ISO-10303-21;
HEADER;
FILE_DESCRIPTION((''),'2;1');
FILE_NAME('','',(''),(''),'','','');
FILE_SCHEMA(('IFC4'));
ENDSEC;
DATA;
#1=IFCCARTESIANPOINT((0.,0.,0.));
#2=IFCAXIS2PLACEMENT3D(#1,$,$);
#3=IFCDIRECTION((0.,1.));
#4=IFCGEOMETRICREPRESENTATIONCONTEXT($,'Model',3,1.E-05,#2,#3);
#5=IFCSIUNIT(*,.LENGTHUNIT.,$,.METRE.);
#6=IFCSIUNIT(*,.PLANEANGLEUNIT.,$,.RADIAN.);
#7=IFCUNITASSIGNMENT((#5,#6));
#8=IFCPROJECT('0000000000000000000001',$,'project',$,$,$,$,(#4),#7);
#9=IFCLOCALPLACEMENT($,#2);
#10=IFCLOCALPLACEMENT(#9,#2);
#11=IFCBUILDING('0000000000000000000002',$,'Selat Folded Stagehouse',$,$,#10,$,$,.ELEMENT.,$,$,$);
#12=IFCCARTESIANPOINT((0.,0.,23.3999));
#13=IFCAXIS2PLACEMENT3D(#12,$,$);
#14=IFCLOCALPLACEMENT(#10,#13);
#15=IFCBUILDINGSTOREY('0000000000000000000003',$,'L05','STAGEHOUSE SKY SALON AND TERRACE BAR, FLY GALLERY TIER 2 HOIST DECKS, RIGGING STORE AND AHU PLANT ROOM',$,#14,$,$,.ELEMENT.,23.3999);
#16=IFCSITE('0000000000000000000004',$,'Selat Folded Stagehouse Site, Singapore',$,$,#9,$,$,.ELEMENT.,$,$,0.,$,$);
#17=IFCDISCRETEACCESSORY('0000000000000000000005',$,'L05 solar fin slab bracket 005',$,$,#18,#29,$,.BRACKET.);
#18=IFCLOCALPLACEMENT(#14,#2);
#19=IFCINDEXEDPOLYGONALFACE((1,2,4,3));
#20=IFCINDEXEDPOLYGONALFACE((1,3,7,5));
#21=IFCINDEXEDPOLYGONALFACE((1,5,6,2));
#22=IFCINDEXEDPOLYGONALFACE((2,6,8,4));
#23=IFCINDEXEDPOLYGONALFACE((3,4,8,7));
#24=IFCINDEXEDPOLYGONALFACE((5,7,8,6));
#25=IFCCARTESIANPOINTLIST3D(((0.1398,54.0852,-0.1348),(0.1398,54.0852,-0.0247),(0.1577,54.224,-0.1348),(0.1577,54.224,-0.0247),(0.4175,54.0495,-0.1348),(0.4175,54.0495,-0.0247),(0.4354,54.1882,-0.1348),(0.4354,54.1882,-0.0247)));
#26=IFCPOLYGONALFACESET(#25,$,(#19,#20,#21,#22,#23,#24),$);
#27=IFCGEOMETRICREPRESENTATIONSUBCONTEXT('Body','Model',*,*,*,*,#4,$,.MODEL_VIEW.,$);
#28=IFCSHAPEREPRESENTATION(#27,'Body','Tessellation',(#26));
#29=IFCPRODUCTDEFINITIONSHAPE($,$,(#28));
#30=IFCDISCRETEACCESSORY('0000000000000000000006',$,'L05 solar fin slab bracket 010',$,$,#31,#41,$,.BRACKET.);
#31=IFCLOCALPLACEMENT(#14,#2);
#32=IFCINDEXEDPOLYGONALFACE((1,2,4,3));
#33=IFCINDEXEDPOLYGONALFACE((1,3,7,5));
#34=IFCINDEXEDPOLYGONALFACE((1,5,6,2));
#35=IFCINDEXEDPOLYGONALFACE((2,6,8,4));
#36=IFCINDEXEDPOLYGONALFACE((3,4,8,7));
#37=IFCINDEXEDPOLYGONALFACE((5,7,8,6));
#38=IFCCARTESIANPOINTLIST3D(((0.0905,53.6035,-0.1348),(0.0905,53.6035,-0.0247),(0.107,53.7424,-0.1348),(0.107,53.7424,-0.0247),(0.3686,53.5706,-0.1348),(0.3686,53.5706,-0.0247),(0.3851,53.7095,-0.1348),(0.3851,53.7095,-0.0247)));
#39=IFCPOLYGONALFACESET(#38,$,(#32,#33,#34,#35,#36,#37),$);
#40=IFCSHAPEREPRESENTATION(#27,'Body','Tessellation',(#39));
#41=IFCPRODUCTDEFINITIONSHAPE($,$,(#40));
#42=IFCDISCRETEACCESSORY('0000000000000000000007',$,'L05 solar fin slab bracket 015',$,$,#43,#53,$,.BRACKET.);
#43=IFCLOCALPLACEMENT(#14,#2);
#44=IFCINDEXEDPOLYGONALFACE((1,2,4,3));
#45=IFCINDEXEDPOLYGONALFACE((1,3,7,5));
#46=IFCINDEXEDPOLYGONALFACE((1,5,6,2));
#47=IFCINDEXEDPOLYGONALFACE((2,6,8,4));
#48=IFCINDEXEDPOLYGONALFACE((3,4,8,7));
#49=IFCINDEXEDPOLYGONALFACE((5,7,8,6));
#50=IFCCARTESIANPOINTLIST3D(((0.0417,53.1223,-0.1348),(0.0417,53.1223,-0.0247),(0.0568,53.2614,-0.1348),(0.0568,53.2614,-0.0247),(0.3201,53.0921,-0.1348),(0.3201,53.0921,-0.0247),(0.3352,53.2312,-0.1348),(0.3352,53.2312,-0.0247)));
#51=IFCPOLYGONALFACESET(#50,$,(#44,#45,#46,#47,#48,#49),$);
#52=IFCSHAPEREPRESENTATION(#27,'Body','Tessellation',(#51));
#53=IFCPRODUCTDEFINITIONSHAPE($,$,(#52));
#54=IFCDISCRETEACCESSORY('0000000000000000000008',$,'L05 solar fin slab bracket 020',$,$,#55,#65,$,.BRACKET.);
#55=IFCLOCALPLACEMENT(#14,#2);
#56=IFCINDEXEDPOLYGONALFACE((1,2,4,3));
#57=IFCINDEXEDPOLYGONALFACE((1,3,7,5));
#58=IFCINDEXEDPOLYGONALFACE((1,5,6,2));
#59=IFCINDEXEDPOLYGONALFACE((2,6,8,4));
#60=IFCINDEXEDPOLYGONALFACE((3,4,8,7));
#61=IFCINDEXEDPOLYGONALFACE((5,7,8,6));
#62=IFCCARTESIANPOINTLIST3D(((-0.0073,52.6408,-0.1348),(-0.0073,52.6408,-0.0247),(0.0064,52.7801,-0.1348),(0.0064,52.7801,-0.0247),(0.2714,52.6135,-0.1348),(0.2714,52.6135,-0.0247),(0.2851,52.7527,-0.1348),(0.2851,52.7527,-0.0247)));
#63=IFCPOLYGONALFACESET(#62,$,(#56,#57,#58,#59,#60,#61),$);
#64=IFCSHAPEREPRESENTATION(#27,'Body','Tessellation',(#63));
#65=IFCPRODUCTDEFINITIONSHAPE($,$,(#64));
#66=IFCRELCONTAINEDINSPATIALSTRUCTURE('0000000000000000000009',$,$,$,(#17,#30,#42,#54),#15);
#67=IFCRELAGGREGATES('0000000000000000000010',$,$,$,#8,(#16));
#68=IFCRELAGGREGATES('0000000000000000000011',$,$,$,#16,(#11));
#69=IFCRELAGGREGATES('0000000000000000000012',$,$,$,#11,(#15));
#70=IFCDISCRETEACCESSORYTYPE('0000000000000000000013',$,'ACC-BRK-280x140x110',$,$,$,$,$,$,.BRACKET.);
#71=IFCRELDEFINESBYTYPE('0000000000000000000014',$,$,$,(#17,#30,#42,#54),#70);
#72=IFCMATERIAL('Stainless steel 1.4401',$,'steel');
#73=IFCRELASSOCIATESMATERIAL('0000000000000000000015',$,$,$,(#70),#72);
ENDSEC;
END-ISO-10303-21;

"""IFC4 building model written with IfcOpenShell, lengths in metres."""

from ifc_helpers import new_model, si_unit, direction, frame, origin, origin_2d, place, context, subcontext, project, spatial, rectangle, extrude, material, type_object, element, save


model = new_model("IFC4")

# Units and contexts
model_context = context("Model", 3, precision=1e-05, world=origin(), true_north=direction((0.0, 1.0)))
body_context = subcontext(model_context, "Body", "Model", "MODEL_VIEW")
ifc_project = project(units=[si_unit("LENGTHUNIT", "METRE"), si_unit("PLANEANGLEUNIT", "RADIAN")], contexts=[model_context])

# Site, building, storey
site_placement = place(None, origin())
site = spatial("IfcSite", under=ifc_project, at=site_placement, Name="Selat Folded Stagehouse Site, Singapore", CompositionType="ELEMENT", RefElevation=0.0)
building_placement = place(site_placement, origin())
building = spatial("IfcBuilding", under=site, at=building_placement, Name="Selat Folded Stagehouse", CompositionType="ELEMENT")
storey_placement = place(building_placement, frame((0.0, 0.0, 23.3999)))
storey = spatial("IfcBuildingStorey", under=building, at=storey_placement, Name="L05", Description="STAGEHOUSE SKY SALON AND TERRACE BAR, FLY GALLERY TIER 2 HOIST DECKS, RIGGING STORE AND AHU PLANT ROOM", CompositionType="ELEMENT", Elevation=23.3999)

# Discrete accessories
ifc_material_1 = material(Name="Stainless steel 1.4401", Category="steel")
discrete_accessory_type = type_object("IfcDiscreteAccessoryType", Name="ACC-BRK-280x140x110", PredefinedType="BRACKET", material=ifc_material_1)
for number, where, z_axis, x_axis, name in (
    (1, (0.2876, 54.1367, -0.1348), (0.0, 0.0, 1.0), (-0.991828, 0.127584, 0.0), "L05 solar fin slab bracket 005"),
    (2, (0.2378, 53.6565, -0.1348), (0.0, 0.0, 1.0), (-0.993068, 0.117537, 0.0), "L05 solar fin slab bracket 010"),
    (3, (0.1885, 53.1768, -0.1348), (0.0, 0.0, 1.0), (-0.994189, 0.107652, 0.0), "L05 solar fin slab bracket 015"),
    (4, (0.1389, 52.6968, -0.1348), (0.0, 0.0, 1.0), (-0.995227, 0.097583, 0.0), "L05 solar fin slab bracket 020"),
):
    element("IfcDiscreteAccessory", number, at=place(storey_placement, frame(where, z_axis=z_axis, x_axis=x_axis)), inside=storey, type_object=discrete_accessory_type, Name=name, PredefinedType="BRACKET", context=body_context, shape_type="SweptSolid", body=[
        extrude(rectangle(XDim=0.28, YDim=0.1399, at=origin_2d()), origin(), (0.0, 0.0, 1.0), 0.1101),
    ])

save(model, "model.ifc")
